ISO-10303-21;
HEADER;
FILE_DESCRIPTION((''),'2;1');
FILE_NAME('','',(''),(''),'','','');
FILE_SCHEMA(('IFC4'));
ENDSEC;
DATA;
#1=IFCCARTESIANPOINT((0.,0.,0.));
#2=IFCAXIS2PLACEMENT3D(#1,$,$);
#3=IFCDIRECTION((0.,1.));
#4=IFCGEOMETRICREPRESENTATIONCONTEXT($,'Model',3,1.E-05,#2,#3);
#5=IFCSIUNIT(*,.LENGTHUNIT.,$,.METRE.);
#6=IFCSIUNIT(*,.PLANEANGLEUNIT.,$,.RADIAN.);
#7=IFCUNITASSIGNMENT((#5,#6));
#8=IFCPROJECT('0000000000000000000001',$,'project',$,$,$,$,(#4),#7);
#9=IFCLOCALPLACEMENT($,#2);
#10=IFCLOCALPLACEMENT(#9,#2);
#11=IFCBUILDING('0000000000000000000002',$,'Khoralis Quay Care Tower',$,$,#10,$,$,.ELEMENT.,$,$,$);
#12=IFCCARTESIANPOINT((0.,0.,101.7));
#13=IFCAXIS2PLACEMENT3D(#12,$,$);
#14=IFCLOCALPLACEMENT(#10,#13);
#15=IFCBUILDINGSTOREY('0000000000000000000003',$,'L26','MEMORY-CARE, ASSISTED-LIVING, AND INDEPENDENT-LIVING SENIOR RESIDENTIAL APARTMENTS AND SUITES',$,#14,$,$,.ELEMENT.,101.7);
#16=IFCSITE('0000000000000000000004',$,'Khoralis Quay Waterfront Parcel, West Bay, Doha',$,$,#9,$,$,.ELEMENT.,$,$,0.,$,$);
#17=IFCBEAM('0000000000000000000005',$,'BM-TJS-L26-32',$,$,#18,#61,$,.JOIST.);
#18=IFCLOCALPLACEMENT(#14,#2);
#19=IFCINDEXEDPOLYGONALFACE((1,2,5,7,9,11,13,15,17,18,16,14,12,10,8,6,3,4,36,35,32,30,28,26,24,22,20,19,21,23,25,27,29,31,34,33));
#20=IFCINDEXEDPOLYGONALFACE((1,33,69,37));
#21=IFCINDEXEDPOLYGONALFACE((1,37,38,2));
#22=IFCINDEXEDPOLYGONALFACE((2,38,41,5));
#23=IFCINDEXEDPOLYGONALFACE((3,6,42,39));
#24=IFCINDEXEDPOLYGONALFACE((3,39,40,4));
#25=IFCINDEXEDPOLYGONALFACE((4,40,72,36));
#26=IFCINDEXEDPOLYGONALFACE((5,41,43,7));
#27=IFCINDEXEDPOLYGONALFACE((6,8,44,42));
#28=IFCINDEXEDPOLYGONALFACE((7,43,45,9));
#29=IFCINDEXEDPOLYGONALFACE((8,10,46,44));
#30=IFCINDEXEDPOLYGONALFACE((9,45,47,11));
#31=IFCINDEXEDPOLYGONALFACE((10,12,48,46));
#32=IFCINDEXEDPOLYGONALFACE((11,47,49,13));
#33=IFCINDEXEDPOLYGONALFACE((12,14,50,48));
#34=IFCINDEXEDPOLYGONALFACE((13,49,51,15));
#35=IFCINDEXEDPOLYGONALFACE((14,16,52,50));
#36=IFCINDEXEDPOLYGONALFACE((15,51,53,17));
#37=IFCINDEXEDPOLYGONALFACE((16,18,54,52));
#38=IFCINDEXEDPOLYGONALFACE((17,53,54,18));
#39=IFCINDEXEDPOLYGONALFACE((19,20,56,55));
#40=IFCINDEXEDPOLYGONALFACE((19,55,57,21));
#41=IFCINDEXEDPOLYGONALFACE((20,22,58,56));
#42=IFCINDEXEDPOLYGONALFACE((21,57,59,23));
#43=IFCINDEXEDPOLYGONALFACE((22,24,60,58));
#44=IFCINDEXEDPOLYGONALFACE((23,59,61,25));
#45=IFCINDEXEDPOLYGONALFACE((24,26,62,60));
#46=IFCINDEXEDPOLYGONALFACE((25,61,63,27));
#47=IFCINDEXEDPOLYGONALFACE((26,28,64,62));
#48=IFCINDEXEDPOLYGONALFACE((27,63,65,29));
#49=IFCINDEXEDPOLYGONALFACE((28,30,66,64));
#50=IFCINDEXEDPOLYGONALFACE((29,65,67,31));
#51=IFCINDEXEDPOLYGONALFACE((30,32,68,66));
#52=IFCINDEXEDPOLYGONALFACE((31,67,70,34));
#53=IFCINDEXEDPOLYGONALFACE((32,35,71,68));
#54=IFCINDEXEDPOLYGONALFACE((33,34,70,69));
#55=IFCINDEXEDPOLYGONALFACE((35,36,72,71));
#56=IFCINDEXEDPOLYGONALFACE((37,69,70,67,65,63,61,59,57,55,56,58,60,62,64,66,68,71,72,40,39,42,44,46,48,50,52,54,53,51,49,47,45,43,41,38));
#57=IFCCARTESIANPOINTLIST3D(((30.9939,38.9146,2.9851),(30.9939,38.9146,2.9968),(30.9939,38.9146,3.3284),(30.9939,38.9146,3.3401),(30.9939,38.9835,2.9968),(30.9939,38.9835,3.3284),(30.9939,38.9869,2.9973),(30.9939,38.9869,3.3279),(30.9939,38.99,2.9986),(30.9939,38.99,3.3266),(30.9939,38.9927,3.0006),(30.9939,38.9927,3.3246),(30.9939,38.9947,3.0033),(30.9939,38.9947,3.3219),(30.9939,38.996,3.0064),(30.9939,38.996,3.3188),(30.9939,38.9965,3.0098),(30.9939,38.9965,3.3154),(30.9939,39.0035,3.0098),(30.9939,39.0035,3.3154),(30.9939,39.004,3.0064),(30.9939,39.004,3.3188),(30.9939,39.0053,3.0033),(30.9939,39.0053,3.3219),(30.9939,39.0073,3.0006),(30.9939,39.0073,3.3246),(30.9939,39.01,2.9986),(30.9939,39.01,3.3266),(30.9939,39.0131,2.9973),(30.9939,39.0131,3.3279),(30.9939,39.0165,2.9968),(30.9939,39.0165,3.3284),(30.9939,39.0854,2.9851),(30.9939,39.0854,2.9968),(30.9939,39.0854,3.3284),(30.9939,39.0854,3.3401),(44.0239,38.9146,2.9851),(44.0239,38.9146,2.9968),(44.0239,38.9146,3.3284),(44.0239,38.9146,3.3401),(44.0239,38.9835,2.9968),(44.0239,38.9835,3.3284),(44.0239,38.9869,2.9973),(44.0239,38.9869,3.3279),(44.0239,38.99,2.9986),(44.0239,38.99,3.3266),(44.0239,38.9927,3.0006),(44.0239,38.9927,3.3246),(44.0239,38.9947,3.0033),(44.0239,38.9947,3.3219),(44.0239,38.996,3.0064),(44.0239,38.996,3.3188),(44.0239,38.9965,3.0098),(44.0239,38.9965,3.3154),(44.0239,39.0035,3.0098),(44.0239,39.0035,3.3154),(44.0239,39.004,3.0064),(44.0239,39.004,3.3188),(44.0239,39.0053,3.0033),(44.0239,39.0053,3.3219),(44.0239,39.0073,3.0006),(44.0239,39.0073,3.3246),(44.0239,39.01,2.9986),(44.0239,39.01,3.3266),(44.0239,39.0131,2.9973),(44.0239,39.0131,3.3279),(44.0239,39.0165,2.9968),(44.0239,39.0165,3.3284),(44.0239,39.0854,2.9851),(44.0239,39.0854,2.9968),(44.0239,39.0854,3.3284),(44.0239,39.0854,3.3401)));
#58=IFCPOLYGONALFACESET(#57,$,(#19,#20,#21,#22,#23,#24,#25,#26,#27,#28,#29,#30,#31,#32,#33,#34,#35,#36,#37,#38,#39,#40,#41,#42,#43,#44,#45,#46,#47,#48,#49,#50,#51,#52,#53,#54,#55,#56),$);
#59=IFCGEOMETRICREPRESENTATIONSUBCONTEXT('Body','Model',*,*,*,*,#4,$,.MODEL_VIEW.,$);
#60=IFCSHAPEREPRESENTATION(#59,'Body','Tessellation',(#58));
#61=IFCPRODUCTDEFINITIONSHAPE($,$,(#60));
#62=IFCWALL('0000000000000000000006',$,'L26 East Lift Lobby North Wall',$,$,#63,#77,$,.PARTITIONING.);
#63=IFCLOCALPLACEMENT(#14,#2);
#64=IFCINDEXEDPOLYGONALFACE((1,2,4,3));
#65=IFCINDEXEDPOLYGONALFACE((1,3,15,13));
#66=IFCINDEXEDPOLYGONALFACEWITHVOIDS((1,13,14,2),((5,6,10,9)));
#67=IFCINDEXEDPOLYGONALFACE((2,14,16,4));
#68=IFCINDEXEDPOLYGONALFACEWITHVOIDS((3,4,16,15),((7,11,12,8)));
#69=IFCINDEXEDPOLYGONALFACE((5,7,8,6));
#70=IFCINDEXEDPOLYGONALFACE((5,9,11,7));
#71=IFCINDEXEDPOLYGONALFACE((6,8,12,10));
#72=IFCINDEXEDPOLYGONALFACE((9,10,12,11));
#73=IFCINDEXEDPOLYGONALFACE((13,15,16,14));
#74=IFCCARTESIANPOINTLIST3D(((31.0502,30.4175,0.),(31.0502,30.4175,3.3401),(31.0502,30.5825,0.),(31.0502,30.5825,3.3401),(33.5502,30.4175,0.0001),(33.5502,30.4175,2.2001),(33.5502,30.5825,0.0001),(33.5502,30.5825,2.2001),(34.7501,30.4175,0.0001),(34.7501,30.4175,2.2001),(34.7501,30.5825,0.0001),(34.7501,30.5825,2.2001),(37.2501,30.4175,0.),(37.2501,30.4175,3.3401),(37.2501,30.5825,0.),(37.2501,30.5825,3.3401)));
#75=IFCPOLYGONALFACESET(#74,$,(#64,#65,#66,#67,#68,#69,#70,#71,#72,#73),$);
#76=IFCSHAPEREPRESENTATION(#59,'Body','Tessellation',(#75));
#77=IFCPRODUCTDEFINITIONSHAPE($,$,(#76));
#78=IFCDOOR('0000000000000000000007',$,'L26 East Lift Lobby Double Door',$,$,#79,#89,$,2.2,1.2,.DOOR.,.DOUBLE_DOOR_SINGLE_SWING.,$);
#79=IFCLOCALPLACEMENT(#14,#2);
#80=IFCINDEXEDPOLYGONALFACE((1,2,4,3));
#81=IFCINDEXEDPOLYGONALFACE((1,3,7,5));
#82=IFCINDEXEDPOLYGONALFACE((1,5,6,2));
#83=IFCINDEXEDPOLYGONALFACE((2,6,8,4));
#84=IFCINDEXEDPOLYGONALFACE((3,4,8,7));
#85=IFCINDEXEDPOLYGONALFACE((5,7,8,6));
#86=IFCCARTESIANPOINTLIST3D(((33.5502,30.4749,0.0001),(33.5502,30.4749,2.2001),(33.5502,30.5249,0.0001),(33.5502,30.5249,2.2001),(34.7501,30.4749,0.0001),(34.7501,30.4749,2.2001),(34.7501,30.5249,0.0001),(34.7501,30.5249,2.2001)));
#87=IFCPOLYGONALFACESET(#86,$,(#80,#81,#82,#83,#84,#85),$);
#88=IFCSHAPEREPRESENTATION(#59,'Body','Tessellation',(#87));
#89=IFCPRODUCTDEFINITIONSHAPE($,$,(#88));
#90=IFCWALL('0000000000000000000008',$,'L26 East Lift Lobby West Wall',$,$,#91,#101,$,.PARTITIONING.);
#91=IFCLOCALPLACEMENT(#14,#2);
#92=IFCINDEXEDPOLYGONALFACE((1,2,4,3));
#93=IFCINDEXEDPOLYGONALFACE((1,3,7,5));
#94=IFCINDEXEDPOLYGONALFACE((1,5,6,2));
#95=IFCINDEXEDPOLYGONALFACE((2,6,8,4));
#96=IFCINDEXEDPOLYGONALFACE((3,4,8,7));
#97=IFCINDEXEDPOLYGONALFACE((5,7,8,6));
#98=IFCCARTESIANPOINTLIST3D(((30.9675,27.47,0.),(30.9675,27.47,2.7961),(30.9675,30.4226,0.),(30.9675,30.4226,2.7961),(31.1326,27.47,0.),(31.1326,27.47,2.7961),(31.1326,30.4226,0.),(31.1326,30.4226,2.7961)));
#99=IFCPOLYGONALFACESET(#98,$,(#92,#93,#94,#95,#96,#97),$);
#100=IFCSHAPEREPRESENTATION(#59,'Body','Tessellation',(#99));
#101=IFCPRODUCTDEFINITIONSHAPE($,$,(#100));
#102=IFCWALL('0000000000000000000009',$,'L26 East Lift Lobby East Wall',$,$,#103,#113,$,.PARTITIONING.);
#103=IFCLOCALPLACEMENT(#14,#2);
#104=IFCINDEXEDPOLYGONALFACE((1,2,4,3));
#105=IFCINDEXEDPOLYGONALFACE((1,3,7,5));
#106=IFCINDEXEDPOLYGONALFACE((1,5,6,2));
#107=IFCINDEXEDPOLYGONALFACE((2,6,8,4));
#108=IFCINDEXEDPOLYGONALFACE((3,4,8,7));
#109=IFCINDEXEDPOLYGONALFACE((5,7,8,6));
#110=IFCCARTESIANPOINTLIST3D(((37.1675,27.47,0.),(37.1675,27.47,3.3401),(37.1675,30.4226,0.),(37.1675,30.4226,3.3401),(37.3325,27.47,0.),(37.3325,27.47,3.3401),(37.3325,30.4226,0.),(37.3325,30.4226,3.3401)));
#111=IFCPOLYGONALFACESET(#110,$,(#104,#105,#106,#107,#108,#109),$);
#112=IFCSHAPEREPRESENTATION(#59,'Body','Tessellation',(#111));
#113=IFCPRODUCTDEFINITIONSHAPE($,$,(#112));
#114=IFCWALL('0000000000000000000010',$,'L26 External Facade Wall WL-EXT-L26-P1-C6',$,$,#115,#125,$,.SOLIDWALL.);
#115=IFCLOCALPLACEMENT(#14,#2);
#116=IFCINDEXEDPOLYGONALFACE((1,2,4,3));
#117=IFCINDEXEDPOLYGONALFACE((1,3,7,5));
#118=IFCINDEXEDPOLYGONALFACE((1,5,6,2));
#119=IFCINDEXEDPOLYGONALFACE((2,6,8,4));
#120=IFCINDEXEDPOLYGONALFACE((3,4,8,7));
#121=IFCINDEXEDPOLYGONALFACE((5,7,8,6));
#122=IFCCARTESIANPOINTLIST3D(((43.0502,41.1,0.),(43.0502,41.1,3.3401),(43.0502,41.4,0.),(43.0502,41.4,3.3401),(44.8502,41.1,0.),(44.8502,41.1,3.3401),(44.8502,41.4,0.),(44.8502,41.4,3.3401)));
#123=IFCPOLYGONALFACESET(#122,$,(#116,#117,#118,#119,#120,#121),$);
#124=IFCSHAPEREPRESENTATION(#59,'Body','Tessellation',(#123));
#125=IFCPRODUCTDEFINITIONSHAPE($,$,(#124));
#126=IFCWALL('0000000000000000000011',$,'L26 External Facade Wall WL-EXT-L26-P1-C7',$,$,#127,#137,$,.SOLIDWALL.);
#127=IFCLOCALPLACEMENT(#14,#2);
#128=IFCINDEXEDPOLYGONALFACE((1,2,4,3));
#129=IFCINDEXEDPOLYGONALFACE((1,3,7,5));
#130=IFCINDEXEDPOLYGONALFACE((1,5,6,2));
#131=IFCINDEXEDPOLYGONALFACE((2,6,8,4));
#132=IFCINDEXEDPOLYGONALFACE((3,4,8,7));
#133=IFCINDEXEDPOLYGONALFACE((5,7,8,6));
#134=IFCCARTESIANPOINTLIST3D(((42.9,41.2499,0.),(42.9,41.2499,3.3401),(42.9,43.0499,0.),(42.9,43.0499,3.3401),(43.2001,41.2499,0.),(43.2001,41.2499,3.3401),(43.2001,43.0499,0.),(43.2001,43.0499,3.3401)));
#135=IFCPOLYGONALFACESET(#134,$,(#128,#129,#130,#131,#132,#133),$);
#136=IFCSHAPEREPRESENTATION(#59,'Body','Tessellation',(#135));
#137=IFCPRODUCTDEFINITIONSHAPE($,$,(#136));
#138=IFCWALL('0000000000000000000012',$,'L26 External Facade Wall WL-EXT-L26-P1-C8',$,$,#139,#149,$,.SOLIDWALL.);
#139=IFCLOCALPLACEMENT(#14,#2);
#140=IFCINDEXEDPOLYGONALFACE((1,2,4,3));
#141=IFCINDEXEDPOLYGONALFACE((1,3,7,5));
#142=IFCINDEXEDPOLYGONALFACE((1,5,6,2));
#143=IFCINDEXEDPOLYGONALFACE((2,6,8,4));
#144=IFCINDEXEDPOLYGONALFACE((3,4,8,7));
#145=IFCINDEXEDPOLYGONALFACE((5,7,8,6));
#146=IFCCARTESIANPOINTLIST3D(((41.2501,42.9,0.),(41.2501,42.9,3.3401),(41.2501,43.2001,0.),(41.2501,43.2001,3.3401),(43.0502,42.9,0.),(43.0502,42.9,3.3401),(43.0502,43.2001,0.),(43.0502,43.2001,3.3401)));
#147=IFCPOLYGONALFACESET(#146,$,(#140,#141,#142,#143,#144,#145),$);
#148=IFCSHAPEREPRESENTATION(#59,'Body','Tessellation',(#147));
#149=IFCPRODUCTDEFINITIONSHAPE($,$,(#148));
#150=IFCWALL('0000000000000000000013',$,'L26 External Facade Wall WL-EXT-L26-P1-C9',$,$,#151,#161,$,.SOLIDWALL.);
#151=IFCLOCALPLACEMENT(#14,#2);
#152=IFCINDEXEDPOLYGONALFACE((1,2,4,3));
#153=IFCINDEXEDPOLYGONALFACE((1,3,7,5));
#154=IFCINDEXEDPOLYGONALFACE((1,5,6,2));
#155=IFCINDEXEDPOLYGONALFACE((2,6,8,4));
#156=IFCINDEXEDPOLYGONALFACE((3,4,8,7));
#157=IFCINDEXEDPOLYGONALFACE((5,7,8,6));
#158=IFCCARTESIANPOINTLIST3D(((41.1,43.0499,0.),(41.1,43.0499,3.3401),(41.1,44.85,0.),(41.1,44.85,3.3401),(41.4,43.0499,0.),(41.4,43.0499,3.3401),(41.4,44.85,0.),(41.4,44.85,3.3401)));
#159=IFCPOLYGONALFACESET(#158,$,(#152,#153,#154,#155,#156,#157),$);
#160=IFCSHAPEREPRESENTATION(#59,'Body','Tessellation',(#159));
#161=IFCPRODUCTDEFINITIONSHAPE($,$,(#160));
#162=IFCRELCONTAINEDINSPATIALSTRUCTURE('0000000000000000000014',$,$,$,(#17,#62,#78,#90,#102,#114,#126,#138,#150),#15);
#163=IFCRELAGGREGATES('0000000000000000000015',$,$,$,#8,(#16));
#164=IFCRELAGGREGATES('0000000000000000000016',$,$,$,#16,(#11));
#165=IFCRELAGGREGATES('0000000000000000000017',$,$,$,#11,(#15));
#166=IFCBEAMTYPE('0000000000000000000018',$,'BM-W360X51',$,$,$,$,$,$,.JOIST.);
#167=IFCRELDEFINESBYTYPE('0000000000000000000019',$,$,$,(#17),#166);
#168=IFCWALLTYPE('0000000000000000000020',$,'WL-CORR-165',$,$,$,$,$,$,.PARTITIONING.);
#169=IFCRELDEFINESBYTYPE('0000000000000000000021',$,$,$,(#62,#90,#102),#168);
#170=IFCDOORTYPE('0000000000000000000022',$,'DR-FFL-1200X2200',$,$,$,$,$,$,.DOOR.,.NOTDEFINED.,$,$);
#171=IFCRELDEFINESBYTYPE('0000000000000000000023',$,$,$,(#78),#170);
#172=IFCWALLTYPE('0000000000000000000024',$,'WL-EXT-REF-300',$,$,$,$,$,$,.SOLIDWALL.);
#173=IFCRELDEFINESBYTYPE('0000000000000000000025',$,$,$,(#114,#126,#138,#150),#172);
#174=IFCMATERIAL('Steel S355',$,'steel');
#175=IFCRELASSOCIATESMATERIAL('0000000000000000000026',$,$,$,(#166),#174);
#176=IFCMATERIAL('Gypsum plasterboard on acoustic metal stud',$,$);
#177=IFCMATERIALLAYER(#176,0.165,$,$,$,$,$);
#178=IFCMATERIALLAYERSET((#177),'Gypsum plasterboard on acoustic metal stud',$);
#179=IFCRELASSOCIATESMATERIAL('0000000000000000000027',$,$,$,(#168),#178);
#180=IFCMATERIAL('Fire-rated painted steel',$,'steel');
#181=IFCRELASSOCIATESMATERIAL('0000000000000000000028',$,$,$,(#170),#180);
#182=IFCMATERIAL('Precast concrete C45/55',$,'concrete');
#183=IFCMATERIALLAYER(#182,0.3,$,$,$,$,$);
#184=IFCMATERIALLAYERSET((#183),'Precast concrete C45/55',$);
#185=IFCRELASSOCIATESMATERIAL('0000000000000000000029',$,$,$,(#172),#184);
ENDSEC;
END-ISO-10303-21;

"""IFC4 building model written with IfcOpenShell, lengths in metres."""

from ifc_helpers import new_model, si_unit, direction, frame, frame_2d, origin, origin_2d, place, context, subcontext, project, spatial, rectangle, i_section, extrude, source, transform, mapped, material, layer, layer_set, material_profile, profile_set, type_object, element, fill, save


model = new_model("IFC4")

# Units and contexts
model_context = context("Model", 3, precision=1e-05, world=origin(), true_north=direction((0.0, 1.0)))
body_context = subcontext(model_context, "Body", "Model", "MODEL_VIEW")
ifc_project = project(units=[si_unit("LENGTHUNIT", "METRE"), si_unit("PLANEANGLEUNIT", "RADIAN")], contexts=[model_context])

# Site, building, storey
site_placement = place(None, origin())
site = spatial("IfcSite", under=ifc_project, at=site_placement, Name="Khoralis Quay Waterfront Parcel, West Bay, Doha", CompositionType="ELEMENT", RefElevation=0.0)
building_placement = place(site_placement, origin())
building = spatial("IfcBuilding", under=site, at=building_placement, Name="Khoralis Quay Care Tower", CompositionType="ELEMENT")
storey_placement = place(building_placement, frame((0.0, 0.0, 101.7)))
storey = spatial("IfcBuildingStorey", under=building, at=storey_placement, Name="L26", Description="MEMORY-CARE, ASSISTED-LIVING, AND INDEPENDENT-LIVING SENIOR RESIDENTIAL APARTMENTS AND SUITES", CompositionType="ELEMENT", Elevation=101.7)

# Beam
ifc_material_1 = material(Name="Steel S355", Category="steel")
ifc_material_profile_1 = material_profile(ifc_material_1, i_section(OverallWidth=0.1709, OverallDepth=0.355, WebThickness=0.0071, FlangeThickness=0.0117, FilletRadius=0.0129, at=origin_2d()), Name="Steel S355")
ifc_profile_set_1 = profile_set([ifc_material_profile_1], Name="Steel S355")
beam_type_1 = type_object("IfcBeamType", Name="BM-W360X51", PredefinedType="JOIST", material=ifc_profile_set_1)
shared_shape_1 = source(origin(), body_context, "Body", "SweptSolid", [
    extrude(i_section(OverallWidth=0.1709, OverallDepth=0.355, WebThickness=0.0071, FlangeThickness=0.0117, FilletRadius=0.0129, at=origin_2d()), origin(), (0.0, 0.0, 1.0), 13.03),
])
beam_1_placement = place(storey_placement, frame((30.9939, 39.0, 3.1626), z_axis=(1.0, 0.0, 0.0), x_axis=(0.0, 1.0, 0.0)))
element("IfcBeam", 1, at=beam_1_placement, inside=storey, type_object=beam_type_1, Name="BM-TJS-L26-32", PredefinedType="JOIST", context=body_context, shape_type="MappedRepresentation", body=[
    mapped(shared_shape_1, transform((0.0, 0.0, 0.0), scale=1.0)),
])

# Wall, opening, door
ifc_material_2 = material(Name="Gypsum plasterboard on acoustic metal stud")
ifc_layer_1 = layer(ifc_material_2, 0.165)
ifc_layer_set_1 = layer_set([ifc_layer_1], Name="Gypsum plasterboard on acoustic metal stud")
wall_type_1 = type_object("IfcWallType", Name="WL-CORR-165", PredefinedType="PARTITIONING", material=ifc_layer_set_1)
wall_1_placement = place(storey_placement, frame((31.05, 30.5, 0.0), z_axis=(0.0, 0.0, 1.0), x_axis=(1.0, 0.0, 0.0)))
wall_1 = element("IfcWall", 2, at=wall_1_placement, inside=storey, type_object=wall_type_1, Name="L26 East Lift Lobby North Wall", PredefinedType="PARTITIONING", context=body_context, shape_type="SweptSolid", body=[
    extrude(rectangle(XDim=6.2, YDim=0.165, at=frame_2d((3.1001, 0.0))), origin(), (0.0, 0.0, 1.0), 3.3401),
])
opening_1_placement = place(wall_1_placement, frame((2.5, 0.0, 0.0)))
opening_1 = element("IfcOpeningElement", 3, at=opening_1_placement, cuts=wall_1, PredefinedType="OPENING", context=body_context, shape_type="SweptSolid", body=[
    extrude(rectangle(XDim=1.2, YDim=2.2, at=frame_2d((0.6001, 1.1001))), frame((0.0, 0.0925, 0.0), z_axis=(0.0, -1.0, 0.0), x_axis=(1.0, 0.0, 0.0)), (0.0, 0.0, 1.0), 0.1851),
])
ifc_material_3 = material(Name="Fire-rated painted steel", Category="steel")
door_type = type_object("IfcDoorType", Name="DR-FFL-1200X2200", OperationType="NOTDEFINED", PredefinedType="DOOR", material=ifc_material_3)
shared_shape_2 = source(origin(), body_context, "Body", "SweptSolid", [
    extrude(rectangle(XDim=1.2, YDim=2.2, at=frame_2d((0.6001, 1.1001))), frame((0.0, 0.0249, 0.0), z_axis=(0.0, -1.0, 0.0), x_axis=(1.0, 0.0, 0.0)), (0.0, 0.0, 1.0), 0.05),
])
door_placement = place(opening_1_placement, origin())
door = element("IfcDoor", 4, at=door_placement, inside=storey, type_object=door_type, Name="L26 East Lift Lobby Double Door", OperationType="DOUBLE_DOOR_SINGLE_SWING", OverallHeight=2.2, OverallWidth=1.2, PredefinedType="DOOR", context=body_context, shape_type="MappedRepresentation", body=[
    mapped(shared_shape_2, transform((0.0, 0.0, 0.0), scale=1.0)),
])
fill(opening_1, door)

# Walls
wall_2_placement = place(storey_placement, frame((31.05, 27.47, 0.0), z_axis=(0.0, 0.0, 1.0), x_axis=(0.0, 1.0, 0.0)))
element("IfcWall", 5, at=wall_2_placement, inside=storey, type_object=wall_type_1, Name="L26 East Lift Lobby West Wall", PredefinedType="PARTITIONING", context=body_context, shape_type="SweptSolid", body=[
    extrude(rectangle(XDim=2.9526, YDim=0.165, at=frame_2d((1.4763, 0.0))), origin(), (0.0, 0.0, 1.0), 2.7961),
])
wall_3_placement = place(storey_placement, frame((37.25, 27.47, 0.0), z_axis=(0.0, 0.0, 1.0), x_axis=(0.0, 1.0, 0.0)))
element("IfcWall", 6, at=wall_3_placement, inside=storey, type_object=wall_type_1, Name="L26 East Lift Lobby East Wall", PredefinedType="PARTITIONING", context=body_context, shape_type="SweptSolid", body=[
    extrude(rectangle(XDim=2.9526, YDim=0.165, at=frame_2d((1.4763, 0.0))), origin(), (0.0, 0.0, 1.0), 3.3401),
])
ifc_material_4 = material(Name="Precast concrete C45/55", Category="concrete")
ifc_layer_2 = layer(ifc_material_4, 0.3)
ifc_layer_set_2 = layer_set([ifc_layer_2], Name="Precast concrete C45/55")
wall_type_2 = type_object("IfcWallType", Name="WL-EXT-REF-300", PredefinedType="SOLIDWALL", material=ifc_layer_set_2)
for number, where, z_axis, x_axis, name in (
    (7, (44.8501, 41.25, 0.0), (0.0, 0.0, 1.0), (-1.0, 0.0, 0.0), "L26 External Facade Wall WL-EXT-L26-P1-C6"),
    (8, (43.05, 41.25, 0.0), (0.0, 0.0, 1.0), (0.0, 1.0, 0.0), "L26 External Facade Wall WL-EXT-L26-P1-C7"),
    (9, (43.05, 43.05, 0.0), (0.0, 0.0, 1.0), (-1.0, 0.0, 0.0), "L26 External Facade Wall WL-EXT-L26-P1-C8"),
    (10, (41.25, 43.05, 0.0), (0.0, 0.0, 1.0), (0.0, 1.0, 0.0), "L26 External Facade Wall WL-EXT-L26-P1-C9"),
):
    element("IfcWall", number, at=place(storey_placement, frame(where, z_axis=z_axis, x_axis=x_axis)), inside=storey, type_object=wall_type_2, Name=name, PredefinedType="SOLIDWALL", context=body_context, shape_type="SweptSolid", body=[
        extrude(rectangle(XDim=1.8, YDim=0.3, at=frame_2d((0.8999, 0.0))), origin(), (0.0, 0.0, 1.0), 3.3401),
    ])

save(model, "model.ifc")
